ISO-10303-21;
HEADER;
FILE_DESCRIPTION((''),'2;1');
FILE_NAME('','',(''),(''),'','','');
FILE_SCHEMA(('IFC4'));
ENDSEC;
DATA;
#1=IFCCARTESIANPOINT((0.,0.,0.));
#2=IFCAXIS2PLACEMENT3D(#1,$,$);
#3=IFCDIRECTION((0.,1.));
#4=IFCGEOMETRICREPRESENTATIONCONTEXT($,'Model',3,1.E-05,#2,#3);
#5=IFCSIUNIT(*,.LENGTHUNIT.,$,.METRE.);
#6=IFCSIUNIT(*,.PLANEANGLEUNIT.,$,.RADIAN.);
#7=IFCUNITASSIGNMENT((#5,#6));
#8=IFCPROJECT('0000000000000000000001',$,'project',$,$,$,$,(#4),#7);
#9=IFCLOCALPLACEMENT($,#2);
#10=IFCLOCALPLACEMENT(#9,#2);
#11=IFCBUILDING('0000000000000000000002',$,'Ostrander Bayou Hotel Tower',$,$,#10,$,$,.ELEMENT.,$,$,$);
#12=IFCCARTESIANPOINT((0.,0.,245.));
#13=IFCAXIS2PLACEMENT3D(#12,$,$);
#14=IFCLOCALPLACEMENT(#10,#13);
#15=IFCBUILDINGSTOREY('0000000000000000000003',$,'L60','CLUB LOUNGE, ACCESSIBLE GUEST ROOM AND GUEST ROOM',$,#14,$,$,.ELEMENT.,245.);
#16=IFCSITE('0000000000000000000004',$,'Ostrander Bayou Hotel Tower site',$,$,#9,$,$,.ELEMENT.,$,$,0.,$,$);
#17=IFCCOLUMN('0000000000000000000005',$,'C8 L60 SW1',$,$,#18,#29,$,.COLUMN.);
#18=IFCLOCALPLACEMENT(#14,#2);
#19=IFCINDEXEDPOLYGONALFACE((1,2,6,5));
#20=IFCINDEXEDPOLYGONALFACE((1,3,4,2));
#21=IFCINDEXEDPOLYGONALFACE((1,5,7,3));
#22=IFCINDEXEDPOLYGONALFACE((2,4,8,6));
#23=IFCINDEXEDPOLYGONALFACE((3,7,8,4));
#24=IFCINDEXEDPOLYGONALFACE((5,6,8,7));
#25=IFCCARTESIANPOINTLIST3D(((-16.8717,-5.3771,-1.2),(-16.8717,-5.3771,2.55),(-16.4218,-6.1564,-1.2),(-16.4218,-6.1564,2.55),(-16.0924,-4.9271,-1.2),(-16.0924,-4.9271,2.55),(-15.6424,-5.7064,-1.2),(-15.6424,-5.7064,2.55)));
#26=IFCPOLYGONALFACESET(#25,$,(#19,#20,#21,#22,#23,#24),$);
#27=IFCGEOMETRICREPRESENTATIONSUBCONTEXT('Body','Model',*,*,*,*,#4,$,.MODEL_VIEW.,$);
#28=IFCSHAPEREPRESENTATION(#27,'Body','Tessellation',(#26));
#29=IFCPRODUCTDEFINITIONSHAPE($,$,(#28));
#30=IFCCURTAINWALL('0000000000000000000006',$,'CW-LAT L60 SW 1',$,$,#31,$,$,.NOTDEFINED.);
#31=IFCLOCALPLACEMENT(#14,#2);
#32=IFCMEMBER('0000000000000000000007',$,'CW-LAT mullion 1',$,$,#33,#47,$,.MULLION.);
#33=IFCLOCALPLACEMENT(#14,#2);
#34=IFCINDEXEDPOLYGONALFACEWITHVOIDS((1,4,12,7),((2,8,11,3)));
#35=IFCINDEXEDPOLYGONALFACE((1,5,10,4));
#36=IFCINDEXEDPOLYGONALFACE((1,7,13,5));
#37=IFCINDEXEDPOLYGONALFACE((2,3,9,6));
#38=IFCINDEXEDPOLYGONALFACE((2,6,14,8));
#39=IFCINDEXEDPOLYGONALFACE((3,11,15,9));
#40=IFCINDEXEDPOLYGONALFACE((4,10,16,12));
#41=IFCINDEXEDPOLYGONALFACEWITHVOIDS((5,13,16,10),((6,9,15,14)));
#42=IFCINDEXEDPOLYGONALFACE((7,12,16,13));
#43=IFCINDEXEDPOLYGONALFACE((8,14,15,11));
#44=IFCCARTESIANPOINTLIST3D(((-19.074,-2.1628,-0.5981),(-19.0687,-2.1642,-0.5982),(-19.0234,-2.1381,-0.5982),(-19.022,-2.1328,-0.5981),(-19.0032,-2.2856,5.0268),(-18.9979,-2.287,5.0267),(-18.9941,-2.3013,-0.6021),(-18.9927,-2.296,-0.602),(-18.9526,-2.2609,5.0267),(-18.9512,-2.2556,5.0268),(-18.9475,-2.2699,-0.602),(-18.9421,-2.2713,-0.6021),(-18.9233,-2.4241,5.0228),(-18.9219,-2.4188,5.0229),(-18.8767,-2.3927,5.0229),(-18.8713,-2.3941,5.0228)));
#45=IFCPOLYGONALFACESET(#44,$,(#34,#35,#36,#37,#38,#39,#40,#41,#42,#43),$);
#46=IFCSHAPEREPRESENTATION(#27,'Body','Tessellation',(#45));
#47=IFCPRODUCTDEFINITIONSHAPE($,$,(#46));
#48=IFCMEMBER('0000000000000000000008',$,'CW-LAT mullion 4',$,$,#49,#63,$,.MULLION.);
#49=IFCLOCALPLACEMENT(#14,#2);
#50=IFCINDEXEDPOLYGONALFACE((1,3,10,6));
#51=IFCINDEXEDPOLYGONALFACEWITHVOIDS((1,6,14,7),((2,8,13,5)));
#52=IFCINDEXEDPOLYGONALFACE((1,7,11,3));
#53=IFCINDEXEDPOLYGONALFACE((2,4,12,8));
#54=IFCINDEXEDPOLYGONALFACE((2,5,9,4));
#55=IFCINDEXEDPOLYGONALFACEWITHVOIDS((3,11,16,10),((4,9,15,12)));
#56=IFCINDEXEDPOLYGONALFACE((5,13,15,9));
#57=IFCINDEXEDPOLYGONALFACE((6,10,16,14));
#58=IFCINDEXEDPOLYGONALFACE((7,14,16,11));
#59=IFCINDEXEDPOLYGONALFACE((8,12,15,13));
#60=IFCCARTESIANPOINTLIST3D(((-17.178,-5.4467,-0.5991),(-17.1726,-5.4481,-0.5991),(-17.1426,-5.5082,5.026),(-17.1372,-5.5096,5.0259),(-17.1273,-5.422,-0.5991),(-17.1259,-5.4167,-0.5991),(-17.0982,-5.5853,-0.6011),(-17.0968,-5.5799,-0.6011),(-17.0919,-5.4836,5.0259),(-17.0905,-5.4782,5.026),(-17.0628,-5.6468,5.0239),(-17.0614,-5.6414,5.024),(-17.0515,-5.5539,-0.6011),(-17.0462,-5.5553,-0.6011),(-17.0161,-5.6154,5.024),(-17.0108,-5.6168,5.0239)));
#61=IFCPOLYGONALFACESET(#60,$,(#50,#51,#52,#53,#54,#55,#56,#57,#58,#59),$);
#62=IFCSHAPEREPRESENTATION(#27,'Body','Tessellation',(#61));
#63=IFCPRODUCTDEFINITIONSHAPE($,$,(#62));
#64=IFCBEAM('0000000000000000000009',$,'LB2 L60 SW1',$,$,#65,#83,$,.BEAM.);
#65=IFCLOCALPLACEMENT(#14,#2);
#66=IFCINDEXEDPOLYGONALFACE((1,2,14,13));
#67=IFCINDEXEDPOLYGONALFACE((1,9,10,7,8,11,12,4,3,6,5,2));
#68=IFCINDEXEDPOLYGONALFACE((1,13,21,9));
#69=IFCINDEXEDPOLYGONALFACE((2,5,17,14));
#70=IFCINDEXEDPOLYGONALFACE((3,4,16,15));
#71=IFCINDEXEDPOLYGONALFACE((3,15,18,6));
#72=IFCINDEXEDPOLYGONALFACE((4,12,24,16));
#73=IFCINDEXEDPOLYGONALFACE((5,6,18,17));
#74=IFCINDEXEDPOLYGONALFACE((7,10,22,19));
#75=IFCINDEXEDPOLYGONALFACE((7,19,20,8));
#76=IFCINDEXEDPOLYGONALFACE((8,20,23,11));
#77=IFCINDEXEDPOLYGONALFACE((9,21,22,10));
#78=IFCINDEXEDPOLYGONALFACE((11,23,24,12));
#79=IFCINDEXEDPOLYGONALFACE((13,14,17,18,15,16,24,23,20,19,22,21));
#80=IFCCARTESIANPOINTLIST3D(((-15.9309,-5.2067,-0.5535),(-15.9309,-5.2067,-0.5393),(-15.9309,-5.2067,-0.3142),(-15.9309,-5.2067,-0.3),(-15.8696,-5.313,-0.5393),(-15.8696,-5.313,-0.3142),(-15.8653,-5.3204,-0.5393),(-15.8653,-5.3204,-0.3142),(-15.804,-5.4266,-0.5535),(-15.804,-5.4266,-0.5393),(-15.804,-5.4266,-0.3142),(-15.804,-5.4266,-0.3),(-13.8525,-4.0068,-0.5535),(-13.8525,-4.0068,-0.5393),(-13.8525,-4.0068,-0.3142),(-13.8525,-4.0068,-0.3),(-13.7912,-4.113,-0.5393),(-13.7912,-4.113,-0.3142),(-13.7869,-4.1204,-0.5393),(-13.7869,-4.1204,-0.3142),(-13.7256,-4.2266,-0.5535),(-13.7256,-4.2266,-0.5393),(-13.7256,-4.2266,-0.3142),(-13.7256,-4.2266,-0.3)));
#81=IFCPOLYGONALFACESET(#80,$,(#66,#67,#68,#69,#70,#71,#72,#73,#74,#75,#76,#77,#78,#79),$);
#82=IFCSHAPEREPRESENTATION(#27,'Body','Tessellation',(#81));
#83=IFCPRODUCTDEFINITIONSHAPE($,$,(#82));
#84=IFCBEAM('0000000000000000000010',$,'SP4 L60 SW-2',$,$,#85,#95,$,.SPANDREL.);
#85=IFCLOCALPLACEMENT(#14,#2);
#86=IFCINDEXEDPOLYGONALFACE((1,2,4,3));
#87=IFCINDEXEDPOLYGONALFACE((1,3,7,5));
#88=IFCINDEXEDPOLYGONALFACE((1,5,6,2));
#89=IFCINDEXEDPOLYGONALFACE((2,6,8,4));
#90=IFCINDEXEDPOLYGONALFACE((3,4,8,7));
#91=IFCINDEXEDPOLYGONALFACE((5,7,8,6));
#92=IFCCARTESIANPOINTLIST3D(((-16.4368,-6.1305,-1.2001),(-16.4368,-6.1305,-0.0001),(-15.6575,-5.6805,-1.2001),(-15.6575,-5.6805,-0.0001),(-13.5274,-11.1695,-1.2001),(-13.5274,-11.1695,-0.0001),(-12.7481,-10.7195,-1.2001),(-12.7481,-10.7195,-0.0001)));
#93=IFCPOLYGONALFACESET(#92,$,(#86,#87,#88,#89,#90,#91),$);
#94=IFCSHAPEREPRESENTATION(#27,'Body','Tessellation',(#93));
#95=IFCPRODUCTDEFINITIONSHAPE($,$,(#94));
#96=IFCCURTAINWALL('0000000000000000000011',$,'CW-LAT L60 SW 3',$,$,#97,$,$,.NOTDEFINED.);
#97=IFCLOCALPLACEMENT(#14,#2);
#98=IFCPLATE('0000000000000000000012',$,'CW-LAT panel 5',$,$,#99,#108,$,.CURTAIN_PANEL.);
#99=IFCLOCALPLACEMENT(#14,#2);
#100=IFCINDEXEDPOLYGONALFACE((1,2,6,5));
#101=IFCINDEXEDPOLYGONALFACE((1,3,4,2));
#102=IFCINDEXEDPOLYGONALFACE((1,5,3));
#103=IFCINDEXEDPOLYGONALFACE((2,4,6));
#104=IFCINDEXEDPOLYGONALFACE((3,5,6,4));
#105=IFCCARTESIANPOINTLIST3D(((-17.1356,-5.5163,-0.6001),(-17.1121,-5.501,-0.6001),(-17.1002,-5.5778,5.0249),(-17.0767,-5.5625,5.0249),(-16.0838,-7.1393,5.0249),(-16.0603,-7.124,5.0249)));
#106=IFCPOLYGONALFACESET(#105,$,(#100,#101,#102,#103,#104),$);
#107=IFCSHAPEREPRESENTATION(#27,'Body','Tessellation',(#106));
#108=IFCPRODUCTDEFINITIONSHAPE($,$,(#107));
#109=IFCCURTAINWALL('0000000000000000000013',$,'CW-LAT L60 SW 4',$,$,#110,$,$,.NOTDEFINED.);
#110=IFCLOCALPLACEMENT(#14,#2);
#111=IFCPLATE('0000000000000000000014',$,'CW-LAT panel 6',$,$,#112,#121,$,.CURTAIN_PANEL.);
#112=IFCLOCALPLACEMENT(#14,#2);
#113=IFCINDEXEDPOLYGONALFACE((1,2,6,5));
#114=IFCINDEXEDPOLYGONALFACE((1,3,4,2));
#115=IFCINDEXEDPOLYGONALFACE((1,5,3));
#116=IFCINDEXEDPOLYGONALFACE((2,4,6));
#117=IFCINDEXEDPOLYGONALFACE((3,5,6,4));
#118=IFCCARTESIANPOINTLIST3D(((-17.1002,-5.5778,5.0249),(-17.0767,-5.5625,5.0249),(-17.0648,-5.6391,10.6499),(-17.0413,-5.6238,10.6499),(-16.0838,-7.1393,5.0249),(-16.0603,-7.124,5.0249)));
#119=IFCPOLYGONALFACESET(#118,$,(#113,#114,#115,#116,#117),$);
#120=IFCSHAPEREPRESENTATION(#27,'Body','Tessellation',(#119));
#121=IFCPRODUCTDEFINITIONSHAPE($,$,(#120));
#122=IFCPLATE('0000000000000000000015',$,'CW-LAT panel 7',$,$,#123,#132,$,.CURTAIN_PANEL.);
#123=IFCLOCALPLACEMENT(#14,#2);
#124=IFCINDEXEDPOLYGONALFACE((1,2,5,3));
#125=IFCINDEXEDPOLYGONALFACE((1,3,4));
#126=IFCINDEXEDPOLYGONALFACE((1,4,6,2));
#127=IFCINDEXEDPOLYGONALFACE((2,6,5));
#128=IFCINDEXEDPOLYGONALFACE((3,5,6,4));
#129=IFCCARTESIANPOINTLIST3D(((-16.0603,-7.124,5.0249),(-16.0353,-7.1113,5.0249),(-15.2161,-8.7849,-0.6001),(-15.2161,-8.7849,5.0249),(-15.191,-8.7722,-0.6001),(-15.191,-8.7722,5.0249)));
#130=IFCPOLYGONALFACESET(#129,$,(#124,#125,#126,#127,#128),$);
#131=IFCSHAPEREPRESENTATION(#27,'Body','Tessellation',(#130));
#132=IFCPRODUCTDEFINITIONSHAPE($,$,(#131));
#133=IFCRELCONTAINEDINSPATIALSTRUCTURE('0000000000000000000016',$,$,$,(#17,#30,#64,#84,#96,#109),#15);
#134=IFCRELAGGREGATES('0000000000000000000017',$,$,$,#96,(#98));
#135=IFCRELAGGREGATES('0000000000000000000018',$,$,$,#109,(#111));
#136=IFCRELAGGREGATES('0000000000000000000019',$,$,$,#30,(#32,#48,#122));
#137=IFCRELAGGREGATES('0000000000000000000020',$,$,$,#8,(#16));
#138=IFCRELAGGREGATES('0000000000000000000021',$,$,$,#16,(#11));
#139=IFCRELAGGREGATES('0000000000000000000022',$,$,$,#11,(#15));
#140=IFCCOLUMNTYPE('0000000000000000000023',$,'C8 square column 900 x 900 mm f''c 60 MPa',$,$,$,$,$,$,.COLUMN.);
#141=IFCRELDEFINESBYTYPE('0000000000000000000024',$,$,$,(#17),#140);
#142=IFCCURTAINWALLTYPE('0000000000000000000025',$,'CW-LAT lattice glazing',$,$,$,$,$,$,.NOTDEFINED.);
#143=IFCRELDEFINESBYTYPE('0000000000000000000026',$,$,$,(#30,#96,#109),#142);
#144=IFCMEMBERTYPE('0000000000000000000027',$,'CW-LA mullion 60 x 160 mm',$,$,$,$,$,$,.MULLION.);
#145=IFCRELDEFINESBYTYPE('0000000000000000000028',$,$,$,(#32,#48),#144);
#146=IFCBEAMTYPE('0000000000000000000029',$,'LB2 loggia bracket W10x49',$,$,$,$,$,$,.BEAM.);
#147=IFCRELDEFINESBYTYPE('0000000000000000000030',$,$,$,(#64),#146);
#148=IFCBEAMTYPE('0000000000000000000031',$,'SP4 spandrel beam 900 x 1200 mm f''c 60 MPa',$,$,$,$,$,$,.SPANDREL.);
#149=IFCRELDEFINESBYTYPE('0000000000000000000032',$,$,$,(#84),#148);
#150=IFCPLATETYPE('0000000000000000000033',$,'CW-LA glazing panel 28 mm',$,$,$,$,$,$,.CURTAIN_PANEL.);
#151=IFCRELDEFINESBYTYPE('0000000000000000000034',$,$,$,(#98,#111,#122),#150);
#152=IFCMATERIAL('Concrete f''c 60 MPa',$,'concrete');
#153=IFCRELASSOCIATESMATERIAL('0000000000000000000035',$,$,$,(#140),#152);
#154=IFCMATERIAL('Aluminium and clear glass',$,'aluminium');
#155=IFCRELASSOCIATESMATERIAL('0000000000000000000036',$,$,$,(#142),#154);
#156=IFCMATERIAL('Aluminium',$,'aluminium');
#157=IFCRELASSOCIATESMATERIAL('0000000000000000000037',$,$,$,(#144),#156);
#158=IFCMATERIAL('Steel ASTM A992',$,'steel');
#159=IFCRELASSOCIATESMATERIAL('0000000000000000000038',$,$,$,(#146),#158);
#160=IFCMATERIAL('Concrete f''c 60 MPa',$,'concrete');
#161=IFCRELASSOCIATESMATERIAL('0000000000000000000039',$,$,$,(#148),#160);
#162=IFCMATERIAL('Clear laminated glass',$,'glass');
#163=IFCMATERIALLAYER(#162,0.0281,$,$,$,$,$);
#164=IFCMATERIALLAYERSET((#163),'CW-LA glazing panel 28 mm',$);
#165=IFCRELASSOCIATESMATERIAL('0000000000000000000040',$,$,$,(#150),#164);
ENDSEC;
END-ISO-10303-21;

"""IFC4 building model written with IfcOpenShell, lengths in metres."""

from ifc_helpers import new_model, si_unit, direction, frame, origin, origin_2d, place, context, subcontext, project, spatial, polyline, rectangle, hollow_rectangle, i_section, outline, extrude, material, layer, layer_set, material_profile, profile_set, type_object, element, aggregate, save


model = new_model("IFC4")

# Units and contexts
model_context = context("Model", 3, precision=1e-05, world=origin(), true_north=direction((0.0, 1.0)))
body_context = subcontext(model_context, "Body", "Model", "MODEL_VIEW")
ifc_project = project(units=[si_unit("LENGTHUNIT", "METRE"), si_unit("PLANEANGLEUNIT", "RADIAN")], contexts=[model_context])

# Site, building, storey
site_placement = place(None, origin())
site = spatial("IfcSite", under=ifc_project, at=site_placement, Name="Ostrander Bayou Hotel Tower site", CompositionType="ELEMENT", RefElevation=0.0)
building_placement = place(site_placement, origin())
building = spatial("IfcBuilding", under=site, at=building_placement, Name="Ostrander Bayou Hotel Tower", CompositionType="ELEMENT")
storey_placement = place(building_placement, frame((0.0, 0.0, 245.0)))
storey = spatial("IfcBuildingStorey", under=building, at=storey_placement, Name="L60", Description="CLUB LOUNGE, ACCESSIBLE GUEST ROOM AND GUEST ROOM", CompositionType="ELEMENT", Elevation=245.0)

# Column
ifc_material_1 = material(Name="Concrete f'c 60 MPa", Category="concrete")
ifc_material_profile_1 = material_profile(ifc_material_1, rectangle(XDim=0.8999, YDim=0.8999, at=origin_2d()))
ifc_profile_set_1 = profile_set([ifc_material_profile_1], Name="Concrete f'c 60 MPa")
column_type = type_object("IfcColumnType", Name="C8 square column 900 x 900 mm f'c 60 MPa", PredefinedType="COLUMN", material=ifc_profile_set_1)
column_placement = place(storey_placement, frame((-16.2571, -5.5417, -1.2), z_axis=(0.0, 0.0, 1.0), x_axis=(-0.5, 0.866025, 0.0)))
element("IfcColumn", 1, at=column_placement, inside=storey, type_object=column_type, Name="C8 L60 SW1", PredefinedType="COLUMN", context=body_context, shape_type="SweptSolid", body=[
    extrude(rectangle(XDim=0.8999, YDim=0.8999, at=origin_2d()), origin(), (0.0, 0.0, 1.0), 3.75),
])

# Curtain wall, members
ifc_material_2 = material(Name="Aluminium and clear glass", Category="aluminium")
curtain_wall_type = type_object("IfcCurtainWallType", Name="CW-LAT lattice glazing", PredefinedType="NOTDEFINED", material=ifc_material_2)
curtain_wall_1_placement = place(storey_placement, origin())
curtain_wall_1 = element("IfcCurtainWall", 2, at=curtain_wall_1_placement, inside=storey, type_object=curtain_wall_type, Name="CW-LAT L60 SW 1", PredefinedType="NOTDEFINED")
ifc_material_3 = material(Name="Aluminium", Category="aluminium")
ifc_material_profile_2 = material_profile(ifc_material_3, hollow_rectangle(XDim=0.0601, YDim=0.1599, WallThickness=0.0039, at=origin_2d()))
ifc_profile_set_2 = profile_set([ifc_material_profile_2], Name="Aluminium")
member_type = type_object("IfcMemberType", Name="CW-LA mullion 60 x 160 mm", PredefinedType="MULLION", material=ifc_profile_set_2)
member_1_placement = place(storey_placement, frame((-19.0081, -2.217, -0.6001), z_axis=(0.012583, -0.021825, 0.999683), x_axis=(0.866329, 0.499474, 0.0)))
member_1 = element("IfcMember", 3, at=member_1_placement, type_object=member_type, Name="CW-LAT mullion 1", PredefinedType="MULLION", context=body_context, shape_type="SweptSolid", body=[
    extrude(hollow_rectangle(XDim=0.0601, YDim=0.1599, WallThickness=0.0039, at=origin_2d()), origin(), (0.0, 0.0, 1.0), 5.6267),
])
member_2_placement = place(storey_placement, frame((-17.1121, -5.501, -0.6001), z_axis=(0.006293, -0.010937, 0.99992), x_axis=(0.866758, 0.49873, 0.0)))
member_2 = element("IfcMember", 4, at=member_2_placement, type_object=member_type, Name="CW-LAT mullion 4", PredefinedType="MULLION", context=body_context, shape_type="SweptSolid", body=[
    extrude(hollow_rectangle(XDim=0.0601, YDim=0.1599, WallThickness=0.0039, at=origin_2d()), origin(), (0.0, 0.0, 1.0), 5.6255),
])

# Beams
ifc_material_4 = material(Name="Steel ASTM A992", Category="steel")
ifc_material_profile_3 = material_profile(ifc_material_4, i_section(OverallWidth=0.2539, OverallDepth=0.2534, WebThickness=0.0085, FlangeThickness=0.0142, at=origin_2d()))
ifc_profile_set_3 = profile_set([ifc_material_profile_3], Name="Steel ASTM A992")
beam_type_1 = type_object("IfcBeamType", Name="LB2 loggia bracket W10x49", PredefinedType="BEAM", material=ifc_profile_set_3)
beam_1_placement = place(storey_placement, frame((-15.8674, -5.3167, -0.4268), z_axis=(0.866025, 0.500001, 0.0), x_axis=(-0.500001, 0.866025, 0.0)))
element("IfcBeam", 5, at=beam_1_placement, inside=storey, type_object=beam_type_1, Name="LB2 L60 SW1", PredefinedType="BEAM", context=body_context, shape_type="SweptSolid", body=[
    extrude(i_section(OverallWidth=0.2539, OverallDepth=0.2534, WebThickness=0.0085, FlangeThickness=0.0142, at=origin_2d()), origin(), (0.0, 0.0, 1.0), 2.3999),
])
ifc_material_5 = material(Name="Concrete f'c 60 MPa", Category="concrete")
ifc_material_profile_4 = material_profile(ifc_material_5, rectangle(XDim=0.8999, YDim=1.2, at=origin_2d()))
ifc_profile_set_4 = profile_set([ifc_material_profile_4], Name="Concrete f'c 60 MPa")
beam_type_2 = type_object("IfcBeamType", Name="SP4 spandrel beam 900 x 1200 mm f'c 60 MPa", PredefinedType="SPANDREL", material=ifc_profile_set_4)
beam_2_placement = place(storey_placement, frame((-16.0471, -5.9055, -0.6001), z_axis=(0.500015, -0.866016, 0.0), x_axis=(0.866016, 0.500015, 0.0)))
element("IfcBeam", 6, at=beam_2_placement, inside=storey, type_object=beam_type_2, Name="SP4 L60 SW-2", PredefinedType="SPANDREL", context=body_context, shape_type="SweptSolid", body=[
    extrude(rectangle(XDim=0.8999, YDim=1.2, at=origin_2d()), origin(), (0.0, 0.0, 1.0), 5.8186),
])

# Curtain walls, plates
curtain_wall_2_placement = place(storey_placement, origin())
curtain_wall_2 = element("IfcCurtainWall", 7, at=curtain_wall_2_placement, inside=storey, type_object=curtain_wall_type, Name="CW-LAT L60 SW 3", PredefinedType="NOTDEFINED")
ifc_material_6 = material(Name="Clear laminated glass", Category="glass")
ifc_layer_1 = layer(ifc_material_6, 0.0281)
ifc_layer_set_1 = layer_set([ifc_layer_1], Name="CW-LA glazing panel 28 mm")
plate_type = type_object("IfcPlateType", Name="CW-LA glazing panel 28 mm", PredefinedType="CURTAIN_PANEL", material=ifc_layer_set_1)
plate_1_placement = place(storey_placement, frame((-16.0603, -7.124, 5.0249), z_axis=(0.838108, 0.545504, 0.000692), x_axis=(-0.176819, 0.272863, -0.945664)))
plate_1 = element("IfcPlate", 8, at=plate_1_placement, type_object=plate_type, Name="CW-LAT panel 5", PredefinedType="CURTAIN_PANEL", context=body_context, shape_type="SweptSolid", body=[
    extrude(outline(polyline([(0.0, 0.0), (5.9482, 0.0), (0.6058, 1.7619), (0.0, 0.0)])), origin(), (0.0, 0.0, -1.0), 0.0281),
])
aggregate(curtain_wall_2, [plate_1])
curtain_wall_3_placement = place(storey_placement, origin())
curtain_wall_3 = element("IfcCurtainWall", 9, at=curtain_wall_3_placement, inside=storey, type_object=curtain_wall_type, Name="CW-LAT L60 SW 4", PredefinedType="NOTDEFINED")
plate_2_placement = place(storey_placement, frame((-16.0603, -7.124, 5.0249), z_axis=(0.838108, 0.545504, 0.000668), x_axis=(-0.16616, 0.254119, 0.952793)))
plate_2 = element("IfcPlate", 10, at=plate_2_placement, type_object=plate_type, Name="CW-LAT panel 6", PredefinedType="CURTAIN_PANEL", context=body_context, shape_type="SweptSolid", body=[
    extrude(outline(polyline([(0.0, 0.0), (5.9037, 0.0), (0.5657, -1.7752), (0.0, 0.0)])), origin(), (0.0, 0.0, -1.0), 0.0281),
])
aggregate(curtain_wall_3, [plate_2])

# Plate
plate_3_placement = place(storey_placement, frame((-16.0603, -7.124, 5.0249), z_axis=(-0.891446, -0.453127, 0.0), x_axis=(0.142475, -0.280294, -0.949282)))
plate_3 = element("IfcPlate", 11, at=plate_3_placement, type_object=plate_type, Name="CW-LAT panel 7", PredefinedType="CURTAIN_PANEL", context=body_context, shape_type="SweptSolid", body=[
    extrude(outline(polyline([(0.0, 0.0), (5.9255, 0.0), (0.5858, 1.7686), (0.0, 0.0)])), origin(), (0.0, 0.0, -1.0), 0.0281),
])
aggregate(curtain_wall_1, [member_1, member_2, plate_3])

save(model, "model.ifc")
